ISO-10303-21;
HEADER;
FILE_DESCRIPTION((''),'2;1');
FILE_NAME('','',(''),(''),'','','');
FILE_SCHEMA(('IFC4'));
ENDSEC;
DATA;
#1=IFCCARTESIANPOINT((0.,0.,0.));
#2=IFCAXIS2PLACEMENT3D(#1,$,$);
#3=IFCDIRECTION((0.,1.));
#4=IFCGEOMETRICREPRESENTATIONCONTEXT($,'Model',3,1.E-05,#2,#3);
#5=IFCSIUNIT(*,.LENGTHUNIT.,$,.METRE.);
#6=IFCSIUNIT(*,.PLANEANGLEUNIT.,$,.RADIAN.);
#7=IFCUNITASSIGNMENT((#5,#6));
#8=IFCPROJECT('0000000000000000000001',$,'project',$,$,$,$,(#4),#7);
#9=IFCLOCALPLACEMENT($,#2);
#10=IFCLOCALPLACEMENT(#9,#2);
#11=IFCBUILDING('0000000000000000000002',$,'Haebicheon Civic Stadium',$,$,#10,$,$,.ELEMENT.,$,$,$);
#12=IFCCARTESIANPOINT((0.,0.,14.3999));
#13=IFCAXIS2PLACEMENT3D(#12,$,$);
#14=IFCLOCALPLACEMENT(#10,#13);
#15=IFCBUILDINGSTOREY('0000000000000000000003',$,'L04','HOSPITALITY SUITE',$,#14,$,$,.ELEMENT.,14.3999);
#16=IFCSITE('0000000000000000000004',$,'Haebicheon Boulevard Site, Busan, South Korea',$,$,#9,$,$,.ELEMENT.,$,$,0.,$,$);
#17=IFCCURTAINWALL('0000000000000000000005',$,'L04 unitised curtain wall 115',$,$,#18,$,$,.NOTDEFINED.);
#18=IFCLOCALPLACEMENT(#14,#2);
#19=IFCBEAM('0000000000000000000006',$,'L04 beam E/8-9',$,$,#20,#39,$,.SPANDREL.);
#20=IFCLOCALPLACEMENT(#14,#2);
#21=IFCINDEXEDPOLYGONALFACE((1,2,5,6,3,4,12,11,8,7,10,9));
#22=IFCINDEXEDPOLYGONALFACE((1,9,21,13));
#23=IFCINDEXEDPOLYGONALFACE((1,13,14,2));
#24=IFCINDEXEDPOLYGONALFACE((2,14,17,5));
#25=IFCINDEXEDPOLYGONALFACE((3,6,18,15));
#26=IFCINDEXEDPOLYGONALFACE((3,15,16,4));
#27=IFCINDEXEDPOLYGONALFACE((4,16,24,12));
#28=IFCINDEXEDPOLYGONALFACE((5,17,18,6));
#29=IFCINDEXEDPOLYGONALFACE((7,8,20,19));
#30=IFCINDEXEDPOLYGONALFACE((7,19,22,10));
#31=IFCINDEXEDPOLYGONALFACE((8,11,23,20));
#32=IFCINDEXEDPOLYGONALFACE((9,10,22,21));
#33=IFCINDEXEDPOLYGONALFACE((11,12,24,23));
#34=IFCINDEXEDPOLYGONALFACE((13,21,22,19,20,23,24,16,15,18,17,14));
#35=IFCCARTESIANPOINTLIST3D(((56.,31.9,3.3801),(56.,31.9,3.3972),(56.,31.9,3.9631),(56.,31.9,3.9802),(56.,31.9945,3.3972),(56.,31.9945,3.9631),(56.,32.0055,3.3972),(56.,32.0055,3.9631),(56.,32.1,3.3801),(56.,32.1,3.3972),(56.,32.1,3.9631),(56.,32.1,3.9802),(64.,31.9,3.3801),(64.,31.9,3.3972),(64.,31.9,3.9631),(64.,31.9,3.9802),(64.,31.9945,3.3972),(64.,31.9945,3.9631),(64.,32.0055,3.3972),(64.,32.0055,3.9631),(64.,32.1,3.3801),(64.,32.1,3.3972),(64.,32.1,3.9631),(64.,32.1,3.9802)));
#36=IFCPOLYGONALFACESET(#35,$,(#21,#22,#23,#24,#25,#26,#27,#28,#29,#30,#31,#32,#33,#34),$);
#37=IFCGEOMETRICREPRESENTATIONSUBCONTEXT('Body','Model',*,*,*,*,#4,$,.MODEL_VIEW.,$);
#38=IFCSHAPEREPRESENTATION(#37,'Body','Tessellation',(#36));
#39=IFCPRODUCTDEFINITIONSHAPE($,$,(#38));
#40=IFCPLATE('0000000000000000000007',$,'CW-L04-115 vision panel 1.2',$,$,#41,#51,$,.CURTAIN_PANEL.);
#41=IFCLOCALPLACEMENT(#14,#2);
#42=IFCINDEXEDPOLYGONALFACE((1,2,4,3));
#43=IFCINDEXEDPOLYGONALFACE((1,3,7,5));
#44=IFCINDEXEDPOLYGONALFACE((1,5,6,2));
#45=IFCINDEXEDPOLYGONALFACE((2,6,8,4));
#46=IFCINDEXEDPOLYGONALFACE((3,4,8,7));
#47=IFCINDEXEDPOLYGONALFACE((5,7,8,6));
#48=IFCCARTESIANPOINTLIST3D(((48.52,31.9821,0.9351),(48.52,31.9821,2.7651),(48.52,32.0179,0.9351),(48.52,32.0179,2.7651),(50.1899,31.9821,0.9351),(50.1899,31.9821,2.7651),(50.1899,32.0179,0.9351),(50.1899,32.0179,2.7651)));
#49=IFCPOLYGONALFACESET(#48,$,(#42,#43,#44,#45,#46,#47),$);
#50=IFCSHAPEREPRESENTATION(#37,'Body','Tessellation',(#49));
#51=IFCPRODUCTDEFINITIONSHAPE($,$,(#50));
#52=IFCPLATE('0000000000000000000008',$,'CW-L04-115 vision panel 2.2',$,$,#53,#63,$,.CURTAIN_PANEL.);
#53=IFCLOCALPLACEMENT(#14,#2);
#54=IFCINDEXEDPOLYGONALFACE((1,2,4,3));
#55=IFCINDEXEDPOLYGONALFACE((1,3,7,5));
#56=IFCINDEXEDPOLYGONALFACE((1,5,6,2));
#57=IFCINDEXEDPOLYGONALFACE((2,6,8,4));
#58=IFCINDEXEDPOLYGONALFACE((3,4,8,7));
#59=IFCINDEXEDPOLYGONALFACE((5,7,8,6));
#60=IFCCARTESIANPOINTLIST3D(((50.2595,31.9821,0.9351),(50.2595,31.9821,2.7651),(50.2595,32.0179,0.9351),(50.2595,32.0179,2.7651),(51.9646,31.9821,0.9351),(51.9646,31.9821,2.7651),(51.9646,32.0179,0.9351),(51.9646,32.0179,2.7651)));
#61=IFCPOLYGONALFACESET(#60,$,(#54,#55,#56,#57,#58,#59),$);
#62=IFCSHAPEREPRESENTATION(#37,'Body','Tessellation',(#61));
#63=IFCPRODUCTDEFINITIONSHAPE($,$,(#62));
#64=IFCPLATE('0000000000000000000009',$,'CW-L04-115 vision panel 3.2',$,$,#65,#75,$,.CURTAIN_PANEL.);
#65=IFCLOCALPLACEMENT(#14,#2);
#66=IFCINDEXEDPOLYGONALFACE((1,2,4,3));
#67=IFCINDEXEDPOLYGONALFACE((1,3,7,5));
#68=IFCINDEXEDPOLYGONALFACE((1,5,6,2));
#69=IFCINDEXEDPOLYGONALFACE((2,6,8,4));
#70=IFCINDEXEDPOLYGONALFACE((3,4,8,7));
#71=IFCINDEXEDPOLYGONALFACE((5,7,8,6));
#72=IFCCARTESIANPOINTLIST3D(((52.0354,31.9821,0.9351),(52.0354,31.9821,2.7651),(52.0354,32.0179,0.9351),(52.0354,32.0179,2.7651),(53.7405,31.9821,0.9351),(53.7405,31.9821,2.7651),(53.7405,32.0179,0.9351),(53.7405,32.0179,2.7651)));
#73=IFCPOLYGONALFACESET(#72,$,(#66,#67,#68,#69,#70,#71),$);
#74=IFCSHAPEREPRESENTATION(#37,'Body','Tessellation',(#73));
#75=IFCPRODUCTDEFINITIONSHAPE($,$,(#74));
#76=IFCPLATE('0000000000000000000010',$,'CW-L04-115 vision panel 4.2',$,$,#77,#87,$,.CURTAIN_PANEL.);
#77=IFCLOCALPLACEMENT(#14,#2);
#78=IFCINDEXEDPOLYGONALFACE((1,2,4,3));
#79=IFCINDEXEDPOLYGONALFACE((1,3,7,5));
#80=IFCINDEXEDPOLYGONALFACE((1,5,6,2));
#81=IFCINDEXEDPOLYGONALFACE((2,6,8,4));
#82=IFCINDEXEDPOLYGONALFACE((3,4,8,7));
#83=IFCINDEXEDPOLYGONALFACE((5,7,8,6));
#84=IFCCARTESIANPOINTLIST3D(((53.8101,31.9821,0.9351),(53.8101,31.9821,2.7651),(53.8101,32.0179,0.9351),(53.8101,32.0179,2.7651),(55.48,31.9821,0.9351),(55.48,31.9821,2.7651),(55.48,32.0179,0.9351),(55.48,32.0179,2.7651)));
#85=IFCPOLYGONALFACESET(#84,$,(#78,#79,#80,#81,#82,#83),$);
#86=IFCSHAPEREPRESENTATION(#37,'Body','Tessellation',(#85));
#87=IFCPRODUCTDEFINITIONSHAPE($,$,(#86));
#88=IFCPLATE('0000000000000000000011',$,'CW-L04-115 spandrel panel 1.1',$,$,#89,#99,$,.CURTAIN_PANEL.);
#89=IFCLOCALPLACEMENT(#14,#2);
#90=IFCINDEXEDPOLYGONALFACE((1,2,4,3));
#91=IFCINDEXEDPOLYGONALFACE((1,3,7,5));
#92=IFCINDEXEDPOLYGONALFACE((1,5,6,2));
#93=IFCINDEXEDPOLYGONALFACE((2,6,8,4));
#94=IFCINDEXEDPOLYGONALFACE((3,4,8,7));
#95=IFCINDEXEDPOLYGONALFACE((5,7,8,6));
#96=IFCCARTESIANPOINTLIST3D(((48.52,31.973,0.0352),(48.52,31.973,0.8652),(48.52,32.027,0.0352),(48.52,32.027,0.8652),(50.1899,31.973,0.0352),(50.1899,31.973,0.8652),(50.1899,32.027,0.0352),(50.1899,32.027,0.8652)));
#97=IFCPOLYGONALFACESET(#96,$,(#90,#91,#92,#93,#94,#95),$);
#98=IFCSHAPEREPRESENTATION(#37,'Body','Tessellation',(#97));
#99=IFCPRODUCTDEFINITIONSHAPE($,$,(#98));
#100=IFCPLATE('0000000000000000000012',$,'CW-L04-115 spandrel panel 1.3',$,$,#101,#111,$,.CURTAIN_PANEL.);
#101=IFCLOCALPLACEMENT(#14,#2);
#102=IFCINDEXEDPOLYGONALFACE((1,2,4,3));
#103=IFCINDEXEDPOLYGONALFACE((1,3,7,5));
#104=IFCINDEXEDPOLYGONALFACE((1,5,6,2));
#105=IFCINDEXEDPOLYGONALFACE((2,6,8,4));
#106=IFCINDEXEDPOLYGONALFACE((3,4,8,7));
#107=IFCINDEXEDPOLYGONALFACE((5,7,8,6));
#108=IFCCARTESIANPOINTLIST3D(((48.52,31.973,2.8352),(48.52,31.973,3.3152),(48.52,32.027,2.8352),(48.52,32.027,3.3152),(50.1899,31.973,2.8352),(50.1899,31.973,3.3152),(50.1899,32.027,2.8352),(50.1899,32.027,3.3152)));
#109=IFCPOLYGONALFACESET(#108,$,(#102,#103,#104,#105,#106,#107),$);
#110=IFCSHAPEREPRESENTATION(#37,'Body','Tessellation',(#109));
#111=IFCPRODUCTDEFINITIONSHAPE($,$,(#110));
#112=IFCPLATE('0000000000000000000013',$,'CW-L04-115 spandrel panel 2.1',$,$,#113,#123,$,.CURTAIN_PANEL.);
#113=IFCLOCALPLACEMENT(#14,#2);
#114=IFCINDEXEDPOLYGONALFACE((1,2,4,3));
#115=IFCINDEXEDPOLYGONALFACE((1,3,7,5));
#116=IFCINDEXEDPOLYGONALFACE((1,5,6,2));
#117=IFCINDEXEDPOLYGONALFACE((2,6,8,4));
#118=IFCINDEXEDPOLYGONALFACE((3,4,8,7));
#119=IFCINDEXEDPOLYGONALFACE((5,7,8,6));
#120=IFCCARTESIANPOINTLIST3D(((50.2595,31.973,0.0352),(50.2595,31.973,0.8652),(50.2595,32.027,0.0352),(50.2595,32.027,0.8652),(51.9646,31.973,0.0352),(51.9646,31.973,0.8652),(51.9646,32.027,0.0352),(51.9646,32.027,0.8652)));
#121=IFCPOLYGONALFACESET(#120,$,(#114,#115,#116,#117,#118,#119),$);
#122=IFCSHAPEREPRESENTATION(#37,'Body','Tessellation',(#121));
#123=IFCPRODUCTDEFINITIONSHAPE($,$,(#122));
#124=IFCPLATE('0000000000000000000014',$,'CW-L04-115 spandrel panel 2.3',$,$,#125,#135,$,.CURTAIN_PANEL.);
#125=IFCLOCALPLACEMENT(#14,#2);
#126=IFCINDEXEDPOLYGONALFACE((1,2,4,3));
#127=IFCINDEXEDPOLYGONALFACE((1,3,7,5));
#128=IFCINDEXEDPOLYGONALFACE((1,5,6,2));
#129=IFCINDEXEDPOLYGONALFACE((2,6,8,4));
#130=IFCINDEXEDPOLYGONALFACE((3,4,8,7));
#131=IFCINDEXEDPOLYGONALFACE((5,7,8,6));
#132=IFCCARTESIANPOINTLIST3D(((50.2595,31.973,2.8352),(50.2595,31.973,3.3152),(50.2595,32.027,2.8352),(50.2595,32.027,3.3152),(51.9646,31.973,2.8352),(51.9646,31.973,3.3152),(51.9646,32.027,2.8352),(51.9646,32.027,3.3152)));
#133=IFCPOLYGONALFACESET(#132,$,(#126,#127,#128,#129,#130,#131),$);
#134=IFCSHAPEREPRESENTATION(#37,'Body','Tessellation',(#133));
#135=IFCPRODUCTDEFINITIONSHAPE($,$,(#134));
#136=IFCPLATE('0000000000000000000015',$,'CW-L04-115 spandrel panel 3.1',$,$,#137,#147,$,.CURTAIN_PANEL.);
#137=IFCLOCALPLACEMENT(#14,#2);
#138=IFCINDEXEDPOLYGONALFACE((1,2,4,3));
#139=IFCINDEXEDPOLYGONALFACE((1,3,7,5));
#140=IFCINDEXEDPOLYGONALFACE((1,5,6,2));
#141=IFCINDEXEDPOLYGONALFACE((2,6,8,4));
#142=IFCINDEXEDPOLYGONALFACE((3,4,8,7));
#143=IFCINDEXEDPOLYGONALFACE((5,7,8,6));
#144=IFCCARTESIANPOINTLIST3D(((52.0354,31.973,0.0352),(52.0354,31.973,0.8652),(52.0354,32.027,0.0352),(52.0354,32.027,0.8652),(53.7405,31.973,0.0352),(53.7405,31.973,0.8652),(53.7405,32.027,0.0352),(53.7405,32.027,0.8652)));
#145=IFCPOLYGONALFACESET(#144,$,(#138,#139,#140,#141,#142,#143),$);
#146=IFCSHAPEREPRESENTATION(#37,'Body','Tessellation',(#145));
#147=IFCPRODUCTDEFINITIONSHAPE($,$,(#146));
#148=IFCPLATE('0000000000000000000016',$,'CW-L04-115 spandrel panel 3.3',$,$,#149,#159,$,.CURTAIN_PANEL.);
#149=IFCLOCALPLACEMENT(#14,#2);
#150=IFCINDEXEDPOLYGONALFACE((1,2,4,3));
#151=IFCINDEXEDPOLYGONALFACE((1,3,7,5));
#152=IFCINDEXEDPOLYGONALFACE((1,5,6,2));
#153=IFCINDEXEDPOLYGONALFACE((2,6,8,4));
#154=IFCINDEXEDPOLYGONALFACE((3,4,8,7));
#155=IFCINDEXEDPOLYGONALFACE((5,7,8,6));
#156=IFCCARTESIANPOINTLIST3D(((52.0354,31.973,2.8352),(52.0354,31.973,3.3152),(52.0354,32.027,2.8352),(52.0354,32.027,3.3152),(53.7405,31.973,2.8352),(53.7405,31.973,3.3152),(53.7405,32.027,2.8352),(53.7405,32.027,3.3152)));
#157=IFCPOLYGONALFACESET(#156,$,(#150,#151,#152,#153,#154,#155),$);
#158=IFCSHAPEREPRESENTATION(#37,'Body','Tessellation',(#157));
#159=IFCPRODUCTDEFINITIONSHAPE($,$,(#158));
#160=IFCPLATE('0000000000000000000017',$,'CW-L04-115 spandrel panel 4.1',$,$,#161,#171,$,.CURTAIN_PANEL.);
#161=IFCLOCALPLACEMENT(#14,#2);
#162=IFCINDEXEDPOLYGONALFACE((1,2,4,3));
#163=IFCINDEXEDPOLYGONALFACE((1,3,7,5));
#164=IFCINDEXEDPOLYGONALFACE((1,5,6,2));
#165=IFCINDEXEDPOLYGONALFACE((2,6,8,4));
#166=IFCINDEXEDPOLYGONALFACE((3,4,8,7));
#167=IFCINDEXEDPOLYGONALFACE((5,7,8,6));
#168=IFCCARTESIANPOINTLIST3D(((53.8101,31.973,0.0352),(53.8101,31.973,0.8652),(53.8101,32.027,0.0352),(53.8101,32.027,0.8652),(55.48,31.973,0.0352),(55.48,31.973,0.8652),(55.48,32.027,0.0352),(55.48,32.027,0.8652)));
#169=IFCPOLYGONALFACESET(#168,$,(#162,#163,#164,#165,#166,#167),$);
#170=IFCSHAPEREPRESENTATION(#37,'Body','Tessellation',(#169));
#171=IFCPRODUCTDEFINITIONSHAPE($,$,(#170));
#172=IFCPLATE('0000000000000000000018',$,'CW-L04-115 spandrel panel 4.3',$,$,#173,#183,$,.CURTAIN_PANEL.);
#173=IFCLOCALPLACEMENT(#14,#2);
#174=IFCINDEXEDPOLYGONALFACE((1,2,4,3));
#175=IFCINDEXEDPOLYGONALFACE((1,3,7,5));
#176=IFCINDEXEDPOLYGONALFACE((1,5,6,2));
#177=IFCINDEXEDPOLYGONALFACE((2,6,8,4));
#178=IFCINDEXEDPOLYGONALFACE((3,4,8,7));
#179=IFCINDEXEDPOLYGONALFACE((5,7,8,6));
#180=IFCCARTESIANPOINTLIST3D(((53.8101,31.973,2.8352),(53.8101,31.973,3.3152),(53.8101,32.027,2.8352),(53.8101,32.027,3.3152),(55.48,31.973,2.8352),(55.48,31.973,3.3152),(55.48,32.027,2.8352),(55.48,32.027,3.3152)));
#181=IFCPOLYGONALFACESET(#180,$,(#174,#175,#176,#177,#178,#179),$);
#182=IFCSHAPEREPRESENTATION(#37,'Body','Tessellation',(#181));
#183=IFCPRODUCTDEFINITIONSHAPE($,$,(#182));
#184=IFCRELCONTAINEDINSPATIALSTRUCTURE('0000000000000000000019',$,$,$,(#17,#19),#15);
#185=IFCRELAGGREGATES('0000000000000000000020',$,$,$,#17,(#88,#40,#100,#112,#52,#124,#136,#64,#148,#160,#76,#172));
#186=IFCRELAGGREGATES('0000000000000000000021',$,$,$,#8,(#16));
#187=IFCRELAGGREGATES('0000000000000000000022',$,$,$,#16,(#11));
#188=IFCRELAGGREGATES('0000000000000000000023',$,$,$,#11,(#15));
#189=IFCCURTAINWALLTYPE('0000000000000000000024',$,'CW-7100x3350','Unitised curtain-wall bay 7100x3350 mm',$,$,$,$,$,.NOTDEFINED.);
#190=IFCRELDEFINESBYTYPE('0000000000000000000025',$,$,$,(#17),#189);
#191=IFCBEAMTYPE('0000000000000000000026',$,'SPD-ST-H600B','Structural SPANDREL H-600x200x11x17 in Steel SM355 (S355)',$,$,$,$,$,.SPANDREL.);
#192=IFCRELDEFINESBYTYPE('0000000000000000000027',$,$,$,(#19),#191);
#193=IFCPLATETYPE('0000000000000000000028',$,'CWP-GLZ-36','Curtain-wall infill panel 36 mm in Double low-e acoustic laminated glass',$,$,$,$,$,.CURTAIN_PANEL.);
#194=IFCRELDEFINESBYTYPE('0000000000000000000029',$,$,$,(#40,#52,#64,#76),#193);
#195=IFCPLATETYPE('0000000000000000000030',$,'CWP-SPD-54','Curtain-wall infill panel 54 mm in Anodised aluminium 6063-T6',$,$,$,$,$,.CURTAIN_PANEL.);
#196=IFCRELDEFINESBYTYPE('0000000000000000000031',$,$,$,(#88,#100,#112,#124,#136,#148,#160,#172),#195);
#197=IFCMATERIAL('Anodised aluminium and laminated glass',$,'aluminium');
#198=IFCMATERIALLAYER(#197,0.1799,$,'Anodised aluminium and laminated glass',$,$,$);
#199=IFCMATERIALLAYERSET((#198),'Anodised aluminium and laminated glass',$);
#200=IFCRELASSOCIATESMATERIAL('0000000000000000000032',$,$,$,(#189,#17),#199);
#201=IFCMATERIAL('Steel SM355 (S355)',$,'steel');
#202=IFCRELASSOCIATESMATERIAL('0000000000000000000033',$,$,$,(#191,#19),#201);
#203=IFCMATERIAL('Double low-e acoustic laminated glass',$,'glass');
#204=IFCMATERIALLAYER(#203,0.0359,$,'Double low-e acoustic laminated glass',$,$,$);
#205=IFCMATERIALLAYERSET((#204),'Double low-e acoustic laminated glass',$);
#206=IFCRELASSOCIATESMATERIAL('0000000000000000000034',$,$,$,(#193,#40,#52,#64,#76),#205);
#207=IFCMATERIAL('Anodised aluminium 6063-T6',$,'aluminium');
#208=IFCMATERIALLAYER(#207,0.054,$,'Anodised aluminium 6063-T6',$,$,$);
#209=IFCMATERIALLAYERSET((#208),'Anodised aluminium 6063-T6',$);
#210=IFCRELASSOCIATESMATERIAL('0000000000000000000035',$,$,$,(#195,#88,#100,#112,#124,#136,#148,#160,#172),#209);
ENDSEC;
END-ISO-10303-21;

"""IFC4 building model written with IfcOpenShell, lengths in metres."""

from ifc_helpers import new_model, si_unit, direction, frame, origin, origin_2d, place, context, subcontext, project, spatial, rectangle, i_section, extrude, material, layer, layer_set, material_profile, profile_set, type_object, element, aggregate, save


model = new_model("IFC4")

# Units and contexts
model_context = context("Model", 3, precision=1e-05, world=origin(), true_north=direction((0.0, 1.0)))
body_context = subcontext(model_context, "Body", "Model", "MODEL_VIEW")
ifc_project = project(units=[si_unit("LENGTHUNIT", "METRE"), si_unit("PLANEANGLEUNIT", "RADIAN")], contexts=[model_context])

# Site, building, storey
site_placement = place(None, origin())
site = spatial("IfcSite", under=ifc_project, at=site_placement, Name="Haebicheon Boulevard Site, Busan, South Korea", CompositionType="ELEMENT", RefElevation=0.0)
building_placement = place(site_placement, origin())
building = spatial("IfcBuilding", under=site, at=building_placement, Name="Haebicheon Civic Stadium", CompositionType="ELEMENT")
storey_placement = place(building_placement, frame((0.0, 0.0, 14.3999)))
storey = spatial("IfcBuildingStorey", under=building, at=storey_placement, Name="L04", Description="HOSPITALITY SUITE", CompositionType="ELEMENT", Elevation=14.3999)

# Curtain wall
ifc_material_1 = material(Name="Anodised aluminium and laminated glass", Category="aluminium")
ifc_layer_1 = layer(ifc_material_1, 0.1799, Name="Anodised aluminium and laminated glass")
ifc_layer_set_1 = layer_set([ifc_layer_1], Name="Anodised aluminium and laminated glass")
curtain_wall_type = type_object("IfcCurtainWallType", Name="CW-7100x3350", Description="Unitised curtain-wall bay 7100x3350 mm", PredefinedType="NOTDEFINED", material=ifc_layer_set_1)
curtain_wall_placement = place(storey_placement, origin())
curtain_wall = element("IfcCurtainWall", 1, at=curtain_wall_placement, inside=storey, type_object=curtain_wall_type, material=ifc_layer_set_1, Name="L04 unitised curtain wall 115", PredefinedType="NOTDEFINED")

# Beam
ifc_material_2 = material(Name="Steel SM355 (S355)", Category="steel")
ifc_material_profile_1 = material_profile(ifc_material_2, i_section(OverallWidth=0.2, OverallDepth=0.6001, WebThickness=0.011, FlangeThickness=0.0171, at=origin_2d()), Name="H-600x200x11x17")
ifc_profile_set_1 = profile_set([ifc_material_profile_1], Name="Steel SM355 (S355)")
beam_type_1 = type_object("IfcBeamType", Name="SPD-ST-H600B", Description="Structural SPANDREL H-600x200x11x17 in Steel SM355 (S355)", PredefinedType="SPANDREL", material=ifc_profile_set_1)
for number, where, z_axis, x_axis, name in (
    (2, (56.0, 32.0, 3.6802), (1.0, 0.0, 0.0), (0.0, 1.0, 0.0), "L04 beam E/8-9"),
):
    element("IfcBeam", number, at=place(storey_placement, frame(where, z_axis=z_axis, x_axis=x_axis)), inside=storey, type_object=beam_type_1, material=ifc_profile_set_1, Name=name, PredefinedType="SPANDREL", context=body_context, shape_type="SweptSolid", body=[
        extrude(i_section(OverallWidth=0.2, OverallDepth=0.6001, WebThickness=0.011, FlangeThickness=0.0171, at=origin_2d()), origin(), (0.0, 0.0, 1.0), 8.0),
    ])

# Plates
ifc_material_3 = material(Name="Double low-e acoustic laminated glass", Category="glass")
ifc_layer_2 = layer(ifc_material_3, 0.0359, Name="Double low-e acoustic laminated glass")
ifc_layer_set_2 = layer_set([ifc_layer_2], Name="Double low-e acoustic laminated glass")
plate_type_1 = type_object("IfcPlateType", Name="CWP-GLZ-36", Description="Curtain-wall infill panel 36 mm in Double low-e acoustic laminated glass", PredefinedType="CURTAIN_PANEL", material=ifc_layer_set_2)
plate_1_placement = place(storey_placement, frame((49.355, 32.0, 0.9351), z_axis=(0.0, 0.0, 1.0), x_axis=(1.0, 0.0, 0.0)))
plate_1 = element("IfcPlate", 3, at=plate_1_placement, type_object=plate_type_1, material=ifc_layer_set_2, Name="CW-L04-115 vision panel 1.2", PredefinedType="CURTAIN_PANEL", context=body_context, shape_type="SweptSolid", body=[
    extrude(rectangle(XDim=1.6699, YDim=0.0359, at=origin_2d()), origin(), (0.0, 0.0, 1.0), 1.8301),
])
plate_2_placement = place(storey_placement, frame((51.1121, 32.0, 0.9351), z_axis=(0.0, 0.0, 1.0), x_axis=(1.0, 0.0, 0.0)))
plate_2 = element("IfcPlate", 4, at=plate_2_placement, type_object=plate_type_1, material=ifc_layer_set_2, Name="CW-L04-115 vision panel 2.2", PredefinedType="CURTAIN_PANEL", context=body_context, shape_type="SweptSolid", body=[
    extrude(rectangle(XDim=1.7051, YDim=0.0359, at=origin_2d()), origin(), (0.0, 0.0, 1.0), 1.8301),
])
plate_3_placement = place(storey_placement, frame((52.8879, 32.0, 0.9351), z_axis=(0.0, 0.0, 1.0), x_axis=(1.0, 0.0, 0.0)))
plate_3 = element("IfcPlate", 5, at=plate_3_placement, type_object=plate_type_1, material=ifc_layer_set_2, Name="CW-L04-115 vision panel 3.2", PredefinedType="CURTAIN_PANEL", context=body_context, shape_type="SweptSolid", body=[
    extrude(rectangle(XDim=1.7051, YDim=0.0359, at=origin_2d()), origin(), (0.0, 0.0, 1.0), 1.8301),
])
plate_4_placement = place(storey_placement, frame((54.645, 32.0, 0.9351), z_axis=(0.0, 0.0, 1.0), x_axis=(1.0, 0.0, 0.0)))
plate_4 = element("IfcPlate", 6, at=plate_4_placement, type_object=plate_type_1, material=ifc_layer_set_2, Name="CW-L04-115 vision panel 4.2", PredefinedType="CURTAIN_PANEL", context=body_context, shape_type="SweptSolid", body=[
    extrude(rectangle(XDim=1.6699, YDim=0.0359, at=origin_2d()), origin(), (0.0, 0.0, 1.0), 1.8301),
])
ifc_material_4 = material(Name="Anodised aluminium 6063-T6", Category="aluminium")
ifc_layer_3 = layer(ifc_material_4, 0.054, Name="Anodised aluminium 6063-T6")
ifc_layer_set_3 = layer_set([ifc_layer_3], Name="Anodised aluminium 6063-T6")
plate_type_2 = type_object("IfcPlateType", Name="CWP-SPD-54", Description="Curtain-wall infill panel 54 mm in Anodised aluminium 6063-T6", PredefinedType="CURTAIN_PANEL", material=ifc_layer_set_3)
plate_5_placement = place(storey_placement, frame((49.355, 32.0, 0.0352), z_axis=(0.0, 0.0, 1.0), x_axis=(1.0, 0.0, 0.0)))
plate_5 = element("IfcPlate", 7, at=plate_5_placement, type_object=plate_type_2, material=ifc_layer_set_3, Name="CW-L04-115 spandrel panel 1.1", PredefinedType="CURTAIN_PANEL", context=body_context, shape_type="SweptSolid", body=[
    extrude(rectangle(XDim=1.6699, YDim=0.054, at=origin_2d()), origin(), (0.0, 0.0, 1.0), 0.8301),
])
plate_6_placement = place(storey_placement, frame((49.355, 32.0, 2.8352), z_axis=(0.0, 0.0, 1.0), x_axis=(1.0, 0.0, 0.0)))
plate_6 = element("IfcPlate", 8, at=plate_6_placement, type_object=plate_type_2, material=ifc_layer_set_3, Name="CW-L04-115 spandrel panel 1.3", PredefinedType="CURTAIN_PANEL", context=body_context, shape_type="SweptSolid", body=[
    extrude(rectangle(XDim=1.6699, YDim=0.054, at=origin_2d()), origin(), (0.0, 0.0, 1.0), 0.48),
])
plate_7_placement = place(storey_placement, frame((51.1121, 32.0, 0.0352), z_axis=(0.0, 0.0, 1.0), x_axis=(1.0, 0.0, 0.0)))
plate_7 = element("IfcPlate", 9, at=plate_7_placement, type_object=plate_type_2, material=ifc_layer_set_3, Name="CW-L04-115 spandrel panel 2.1", PredefinedType="CURTAIN_PANEL", context=body_context, shape_type="SweptSolid", body=[
    extrude(rectangle(XDim=1.7051, YDim=0.054, at=origin_2d()), origin(), (0.0, 0.0, 1.0), 0.8301),
])
plate_8_placement = place(storey_placement, frame((51.1121, 32.0, 2.8352), z_axis=(0.0, 0.0, 1.0), x_axis=(1.0, 0.0, 0.0)))
plate_8 = element("IfcPlate", 10, at=plate_8_placement, type_object=plate_type_2, material=ifc_layer_set_3, Name="CW-L04-115 spandrel panel 2.3", PredefinedType="CURTAIN_PANEL", context=body_context, shape_type="SweptSolid", body=[
    extrude(rectangle(XDim=1.7051, YDim=0.054, at=origin_2d()), origin(), (0.0, 0.0, 1.0), 0.48),
])
plate_9_placement = place(storey_placement, frame((52.8879, 32.0, 0.0352), z_axis=(0.0, 0.0, 1.0), x_axis=(1.0, 0.0, 0.0)))
plate_9 = element("IfcPlate", 11, at=plate_9_placement, type_object=plate_type_2, material=ifc_layer_set_3, Name="CW-L04-115 spandrel panel 3.1", PredefinedType="CURTAIN_PANEL", context=body_context, shape_type="SweptSolid", body=[
    extrude(rectangle(XDim=1.7051, YDim=0.054, at=origin_2d()), origin(), (0.0, 0.0, 1.0), 0.8301),
])
plate_10_placement = place(storey_placement, frame((52.8879, 32.0, 2.8352), z_axis=(0.0, 0.0, 1.0), x_axis=(1.0, 0.0, 0.0)))
plate_10 = element("IfcPlate", 12, at=plate_10_placement, type_object=plate_type_2, material=ifc_layer_set_3, Name="CW-L04-115 spandrel panel 3.3", PredefinedType="CURTAIN_PANEL", context=body_context, shape_type="SweptSolid", body=[
    extrude(rectangle(XDim=1.7051, YDim=0.054, at=origin_2d()), origin(), (0.0, 0.0, 1.0), 0.48),
])
plate_11_placement = place(storey_placement, frame((54.645, 32.0, 0.0352), z_axis=(0.0, 0.0, 1.0), x_axis=(1.0, 0.0, 0.0)))
plate_11 = element("IfcPlate", 13, at=plate_11_placement, type_object=plate_type_2, material=ifc_layer_set_3, Name="CW-L04-115 spandrel panel 4.1", PredefinedType="CURTAIN_PANEL", context=body_context, shape_type="SweptSolid", body=[
    extrude(rectangle(XDim=1.6699, YDim=0.054, at=origin_2d()), origin(), (0.0, 0.0, 1.0), 0.8301),
])
plate_12_placement = place(storey_placement, frame((54.645, 32.0, 2.8352), z_axis=(0.0, 0.0, 1.0), x_axis=(1.0, 0.0, 0.0)))
plate_12 = element("IfcPlate", 14, at=plate_12_placement, type_object=plate_type_2, material=ifc_layer_set_3, Name="CW-L04-115 spandrel panel 4.3", PredefinedType="CURTAIN_PANEL", context=body_context, shape_type="SweptSolid", body=[
    extrude(rectangle(XDim=1.6699, YDim=0.054, at=origin_2d()), origin(), (0.0, 0.0, 1.0), 0.48),
])
aggregate(curtain_wall, [plate_5, plate_1, plate_6, plate_7, plate_2, plate_8, plate_9, plate_3, plate_10, plate_11, plate_4, plate_12])

save(model, "model.ifc")
